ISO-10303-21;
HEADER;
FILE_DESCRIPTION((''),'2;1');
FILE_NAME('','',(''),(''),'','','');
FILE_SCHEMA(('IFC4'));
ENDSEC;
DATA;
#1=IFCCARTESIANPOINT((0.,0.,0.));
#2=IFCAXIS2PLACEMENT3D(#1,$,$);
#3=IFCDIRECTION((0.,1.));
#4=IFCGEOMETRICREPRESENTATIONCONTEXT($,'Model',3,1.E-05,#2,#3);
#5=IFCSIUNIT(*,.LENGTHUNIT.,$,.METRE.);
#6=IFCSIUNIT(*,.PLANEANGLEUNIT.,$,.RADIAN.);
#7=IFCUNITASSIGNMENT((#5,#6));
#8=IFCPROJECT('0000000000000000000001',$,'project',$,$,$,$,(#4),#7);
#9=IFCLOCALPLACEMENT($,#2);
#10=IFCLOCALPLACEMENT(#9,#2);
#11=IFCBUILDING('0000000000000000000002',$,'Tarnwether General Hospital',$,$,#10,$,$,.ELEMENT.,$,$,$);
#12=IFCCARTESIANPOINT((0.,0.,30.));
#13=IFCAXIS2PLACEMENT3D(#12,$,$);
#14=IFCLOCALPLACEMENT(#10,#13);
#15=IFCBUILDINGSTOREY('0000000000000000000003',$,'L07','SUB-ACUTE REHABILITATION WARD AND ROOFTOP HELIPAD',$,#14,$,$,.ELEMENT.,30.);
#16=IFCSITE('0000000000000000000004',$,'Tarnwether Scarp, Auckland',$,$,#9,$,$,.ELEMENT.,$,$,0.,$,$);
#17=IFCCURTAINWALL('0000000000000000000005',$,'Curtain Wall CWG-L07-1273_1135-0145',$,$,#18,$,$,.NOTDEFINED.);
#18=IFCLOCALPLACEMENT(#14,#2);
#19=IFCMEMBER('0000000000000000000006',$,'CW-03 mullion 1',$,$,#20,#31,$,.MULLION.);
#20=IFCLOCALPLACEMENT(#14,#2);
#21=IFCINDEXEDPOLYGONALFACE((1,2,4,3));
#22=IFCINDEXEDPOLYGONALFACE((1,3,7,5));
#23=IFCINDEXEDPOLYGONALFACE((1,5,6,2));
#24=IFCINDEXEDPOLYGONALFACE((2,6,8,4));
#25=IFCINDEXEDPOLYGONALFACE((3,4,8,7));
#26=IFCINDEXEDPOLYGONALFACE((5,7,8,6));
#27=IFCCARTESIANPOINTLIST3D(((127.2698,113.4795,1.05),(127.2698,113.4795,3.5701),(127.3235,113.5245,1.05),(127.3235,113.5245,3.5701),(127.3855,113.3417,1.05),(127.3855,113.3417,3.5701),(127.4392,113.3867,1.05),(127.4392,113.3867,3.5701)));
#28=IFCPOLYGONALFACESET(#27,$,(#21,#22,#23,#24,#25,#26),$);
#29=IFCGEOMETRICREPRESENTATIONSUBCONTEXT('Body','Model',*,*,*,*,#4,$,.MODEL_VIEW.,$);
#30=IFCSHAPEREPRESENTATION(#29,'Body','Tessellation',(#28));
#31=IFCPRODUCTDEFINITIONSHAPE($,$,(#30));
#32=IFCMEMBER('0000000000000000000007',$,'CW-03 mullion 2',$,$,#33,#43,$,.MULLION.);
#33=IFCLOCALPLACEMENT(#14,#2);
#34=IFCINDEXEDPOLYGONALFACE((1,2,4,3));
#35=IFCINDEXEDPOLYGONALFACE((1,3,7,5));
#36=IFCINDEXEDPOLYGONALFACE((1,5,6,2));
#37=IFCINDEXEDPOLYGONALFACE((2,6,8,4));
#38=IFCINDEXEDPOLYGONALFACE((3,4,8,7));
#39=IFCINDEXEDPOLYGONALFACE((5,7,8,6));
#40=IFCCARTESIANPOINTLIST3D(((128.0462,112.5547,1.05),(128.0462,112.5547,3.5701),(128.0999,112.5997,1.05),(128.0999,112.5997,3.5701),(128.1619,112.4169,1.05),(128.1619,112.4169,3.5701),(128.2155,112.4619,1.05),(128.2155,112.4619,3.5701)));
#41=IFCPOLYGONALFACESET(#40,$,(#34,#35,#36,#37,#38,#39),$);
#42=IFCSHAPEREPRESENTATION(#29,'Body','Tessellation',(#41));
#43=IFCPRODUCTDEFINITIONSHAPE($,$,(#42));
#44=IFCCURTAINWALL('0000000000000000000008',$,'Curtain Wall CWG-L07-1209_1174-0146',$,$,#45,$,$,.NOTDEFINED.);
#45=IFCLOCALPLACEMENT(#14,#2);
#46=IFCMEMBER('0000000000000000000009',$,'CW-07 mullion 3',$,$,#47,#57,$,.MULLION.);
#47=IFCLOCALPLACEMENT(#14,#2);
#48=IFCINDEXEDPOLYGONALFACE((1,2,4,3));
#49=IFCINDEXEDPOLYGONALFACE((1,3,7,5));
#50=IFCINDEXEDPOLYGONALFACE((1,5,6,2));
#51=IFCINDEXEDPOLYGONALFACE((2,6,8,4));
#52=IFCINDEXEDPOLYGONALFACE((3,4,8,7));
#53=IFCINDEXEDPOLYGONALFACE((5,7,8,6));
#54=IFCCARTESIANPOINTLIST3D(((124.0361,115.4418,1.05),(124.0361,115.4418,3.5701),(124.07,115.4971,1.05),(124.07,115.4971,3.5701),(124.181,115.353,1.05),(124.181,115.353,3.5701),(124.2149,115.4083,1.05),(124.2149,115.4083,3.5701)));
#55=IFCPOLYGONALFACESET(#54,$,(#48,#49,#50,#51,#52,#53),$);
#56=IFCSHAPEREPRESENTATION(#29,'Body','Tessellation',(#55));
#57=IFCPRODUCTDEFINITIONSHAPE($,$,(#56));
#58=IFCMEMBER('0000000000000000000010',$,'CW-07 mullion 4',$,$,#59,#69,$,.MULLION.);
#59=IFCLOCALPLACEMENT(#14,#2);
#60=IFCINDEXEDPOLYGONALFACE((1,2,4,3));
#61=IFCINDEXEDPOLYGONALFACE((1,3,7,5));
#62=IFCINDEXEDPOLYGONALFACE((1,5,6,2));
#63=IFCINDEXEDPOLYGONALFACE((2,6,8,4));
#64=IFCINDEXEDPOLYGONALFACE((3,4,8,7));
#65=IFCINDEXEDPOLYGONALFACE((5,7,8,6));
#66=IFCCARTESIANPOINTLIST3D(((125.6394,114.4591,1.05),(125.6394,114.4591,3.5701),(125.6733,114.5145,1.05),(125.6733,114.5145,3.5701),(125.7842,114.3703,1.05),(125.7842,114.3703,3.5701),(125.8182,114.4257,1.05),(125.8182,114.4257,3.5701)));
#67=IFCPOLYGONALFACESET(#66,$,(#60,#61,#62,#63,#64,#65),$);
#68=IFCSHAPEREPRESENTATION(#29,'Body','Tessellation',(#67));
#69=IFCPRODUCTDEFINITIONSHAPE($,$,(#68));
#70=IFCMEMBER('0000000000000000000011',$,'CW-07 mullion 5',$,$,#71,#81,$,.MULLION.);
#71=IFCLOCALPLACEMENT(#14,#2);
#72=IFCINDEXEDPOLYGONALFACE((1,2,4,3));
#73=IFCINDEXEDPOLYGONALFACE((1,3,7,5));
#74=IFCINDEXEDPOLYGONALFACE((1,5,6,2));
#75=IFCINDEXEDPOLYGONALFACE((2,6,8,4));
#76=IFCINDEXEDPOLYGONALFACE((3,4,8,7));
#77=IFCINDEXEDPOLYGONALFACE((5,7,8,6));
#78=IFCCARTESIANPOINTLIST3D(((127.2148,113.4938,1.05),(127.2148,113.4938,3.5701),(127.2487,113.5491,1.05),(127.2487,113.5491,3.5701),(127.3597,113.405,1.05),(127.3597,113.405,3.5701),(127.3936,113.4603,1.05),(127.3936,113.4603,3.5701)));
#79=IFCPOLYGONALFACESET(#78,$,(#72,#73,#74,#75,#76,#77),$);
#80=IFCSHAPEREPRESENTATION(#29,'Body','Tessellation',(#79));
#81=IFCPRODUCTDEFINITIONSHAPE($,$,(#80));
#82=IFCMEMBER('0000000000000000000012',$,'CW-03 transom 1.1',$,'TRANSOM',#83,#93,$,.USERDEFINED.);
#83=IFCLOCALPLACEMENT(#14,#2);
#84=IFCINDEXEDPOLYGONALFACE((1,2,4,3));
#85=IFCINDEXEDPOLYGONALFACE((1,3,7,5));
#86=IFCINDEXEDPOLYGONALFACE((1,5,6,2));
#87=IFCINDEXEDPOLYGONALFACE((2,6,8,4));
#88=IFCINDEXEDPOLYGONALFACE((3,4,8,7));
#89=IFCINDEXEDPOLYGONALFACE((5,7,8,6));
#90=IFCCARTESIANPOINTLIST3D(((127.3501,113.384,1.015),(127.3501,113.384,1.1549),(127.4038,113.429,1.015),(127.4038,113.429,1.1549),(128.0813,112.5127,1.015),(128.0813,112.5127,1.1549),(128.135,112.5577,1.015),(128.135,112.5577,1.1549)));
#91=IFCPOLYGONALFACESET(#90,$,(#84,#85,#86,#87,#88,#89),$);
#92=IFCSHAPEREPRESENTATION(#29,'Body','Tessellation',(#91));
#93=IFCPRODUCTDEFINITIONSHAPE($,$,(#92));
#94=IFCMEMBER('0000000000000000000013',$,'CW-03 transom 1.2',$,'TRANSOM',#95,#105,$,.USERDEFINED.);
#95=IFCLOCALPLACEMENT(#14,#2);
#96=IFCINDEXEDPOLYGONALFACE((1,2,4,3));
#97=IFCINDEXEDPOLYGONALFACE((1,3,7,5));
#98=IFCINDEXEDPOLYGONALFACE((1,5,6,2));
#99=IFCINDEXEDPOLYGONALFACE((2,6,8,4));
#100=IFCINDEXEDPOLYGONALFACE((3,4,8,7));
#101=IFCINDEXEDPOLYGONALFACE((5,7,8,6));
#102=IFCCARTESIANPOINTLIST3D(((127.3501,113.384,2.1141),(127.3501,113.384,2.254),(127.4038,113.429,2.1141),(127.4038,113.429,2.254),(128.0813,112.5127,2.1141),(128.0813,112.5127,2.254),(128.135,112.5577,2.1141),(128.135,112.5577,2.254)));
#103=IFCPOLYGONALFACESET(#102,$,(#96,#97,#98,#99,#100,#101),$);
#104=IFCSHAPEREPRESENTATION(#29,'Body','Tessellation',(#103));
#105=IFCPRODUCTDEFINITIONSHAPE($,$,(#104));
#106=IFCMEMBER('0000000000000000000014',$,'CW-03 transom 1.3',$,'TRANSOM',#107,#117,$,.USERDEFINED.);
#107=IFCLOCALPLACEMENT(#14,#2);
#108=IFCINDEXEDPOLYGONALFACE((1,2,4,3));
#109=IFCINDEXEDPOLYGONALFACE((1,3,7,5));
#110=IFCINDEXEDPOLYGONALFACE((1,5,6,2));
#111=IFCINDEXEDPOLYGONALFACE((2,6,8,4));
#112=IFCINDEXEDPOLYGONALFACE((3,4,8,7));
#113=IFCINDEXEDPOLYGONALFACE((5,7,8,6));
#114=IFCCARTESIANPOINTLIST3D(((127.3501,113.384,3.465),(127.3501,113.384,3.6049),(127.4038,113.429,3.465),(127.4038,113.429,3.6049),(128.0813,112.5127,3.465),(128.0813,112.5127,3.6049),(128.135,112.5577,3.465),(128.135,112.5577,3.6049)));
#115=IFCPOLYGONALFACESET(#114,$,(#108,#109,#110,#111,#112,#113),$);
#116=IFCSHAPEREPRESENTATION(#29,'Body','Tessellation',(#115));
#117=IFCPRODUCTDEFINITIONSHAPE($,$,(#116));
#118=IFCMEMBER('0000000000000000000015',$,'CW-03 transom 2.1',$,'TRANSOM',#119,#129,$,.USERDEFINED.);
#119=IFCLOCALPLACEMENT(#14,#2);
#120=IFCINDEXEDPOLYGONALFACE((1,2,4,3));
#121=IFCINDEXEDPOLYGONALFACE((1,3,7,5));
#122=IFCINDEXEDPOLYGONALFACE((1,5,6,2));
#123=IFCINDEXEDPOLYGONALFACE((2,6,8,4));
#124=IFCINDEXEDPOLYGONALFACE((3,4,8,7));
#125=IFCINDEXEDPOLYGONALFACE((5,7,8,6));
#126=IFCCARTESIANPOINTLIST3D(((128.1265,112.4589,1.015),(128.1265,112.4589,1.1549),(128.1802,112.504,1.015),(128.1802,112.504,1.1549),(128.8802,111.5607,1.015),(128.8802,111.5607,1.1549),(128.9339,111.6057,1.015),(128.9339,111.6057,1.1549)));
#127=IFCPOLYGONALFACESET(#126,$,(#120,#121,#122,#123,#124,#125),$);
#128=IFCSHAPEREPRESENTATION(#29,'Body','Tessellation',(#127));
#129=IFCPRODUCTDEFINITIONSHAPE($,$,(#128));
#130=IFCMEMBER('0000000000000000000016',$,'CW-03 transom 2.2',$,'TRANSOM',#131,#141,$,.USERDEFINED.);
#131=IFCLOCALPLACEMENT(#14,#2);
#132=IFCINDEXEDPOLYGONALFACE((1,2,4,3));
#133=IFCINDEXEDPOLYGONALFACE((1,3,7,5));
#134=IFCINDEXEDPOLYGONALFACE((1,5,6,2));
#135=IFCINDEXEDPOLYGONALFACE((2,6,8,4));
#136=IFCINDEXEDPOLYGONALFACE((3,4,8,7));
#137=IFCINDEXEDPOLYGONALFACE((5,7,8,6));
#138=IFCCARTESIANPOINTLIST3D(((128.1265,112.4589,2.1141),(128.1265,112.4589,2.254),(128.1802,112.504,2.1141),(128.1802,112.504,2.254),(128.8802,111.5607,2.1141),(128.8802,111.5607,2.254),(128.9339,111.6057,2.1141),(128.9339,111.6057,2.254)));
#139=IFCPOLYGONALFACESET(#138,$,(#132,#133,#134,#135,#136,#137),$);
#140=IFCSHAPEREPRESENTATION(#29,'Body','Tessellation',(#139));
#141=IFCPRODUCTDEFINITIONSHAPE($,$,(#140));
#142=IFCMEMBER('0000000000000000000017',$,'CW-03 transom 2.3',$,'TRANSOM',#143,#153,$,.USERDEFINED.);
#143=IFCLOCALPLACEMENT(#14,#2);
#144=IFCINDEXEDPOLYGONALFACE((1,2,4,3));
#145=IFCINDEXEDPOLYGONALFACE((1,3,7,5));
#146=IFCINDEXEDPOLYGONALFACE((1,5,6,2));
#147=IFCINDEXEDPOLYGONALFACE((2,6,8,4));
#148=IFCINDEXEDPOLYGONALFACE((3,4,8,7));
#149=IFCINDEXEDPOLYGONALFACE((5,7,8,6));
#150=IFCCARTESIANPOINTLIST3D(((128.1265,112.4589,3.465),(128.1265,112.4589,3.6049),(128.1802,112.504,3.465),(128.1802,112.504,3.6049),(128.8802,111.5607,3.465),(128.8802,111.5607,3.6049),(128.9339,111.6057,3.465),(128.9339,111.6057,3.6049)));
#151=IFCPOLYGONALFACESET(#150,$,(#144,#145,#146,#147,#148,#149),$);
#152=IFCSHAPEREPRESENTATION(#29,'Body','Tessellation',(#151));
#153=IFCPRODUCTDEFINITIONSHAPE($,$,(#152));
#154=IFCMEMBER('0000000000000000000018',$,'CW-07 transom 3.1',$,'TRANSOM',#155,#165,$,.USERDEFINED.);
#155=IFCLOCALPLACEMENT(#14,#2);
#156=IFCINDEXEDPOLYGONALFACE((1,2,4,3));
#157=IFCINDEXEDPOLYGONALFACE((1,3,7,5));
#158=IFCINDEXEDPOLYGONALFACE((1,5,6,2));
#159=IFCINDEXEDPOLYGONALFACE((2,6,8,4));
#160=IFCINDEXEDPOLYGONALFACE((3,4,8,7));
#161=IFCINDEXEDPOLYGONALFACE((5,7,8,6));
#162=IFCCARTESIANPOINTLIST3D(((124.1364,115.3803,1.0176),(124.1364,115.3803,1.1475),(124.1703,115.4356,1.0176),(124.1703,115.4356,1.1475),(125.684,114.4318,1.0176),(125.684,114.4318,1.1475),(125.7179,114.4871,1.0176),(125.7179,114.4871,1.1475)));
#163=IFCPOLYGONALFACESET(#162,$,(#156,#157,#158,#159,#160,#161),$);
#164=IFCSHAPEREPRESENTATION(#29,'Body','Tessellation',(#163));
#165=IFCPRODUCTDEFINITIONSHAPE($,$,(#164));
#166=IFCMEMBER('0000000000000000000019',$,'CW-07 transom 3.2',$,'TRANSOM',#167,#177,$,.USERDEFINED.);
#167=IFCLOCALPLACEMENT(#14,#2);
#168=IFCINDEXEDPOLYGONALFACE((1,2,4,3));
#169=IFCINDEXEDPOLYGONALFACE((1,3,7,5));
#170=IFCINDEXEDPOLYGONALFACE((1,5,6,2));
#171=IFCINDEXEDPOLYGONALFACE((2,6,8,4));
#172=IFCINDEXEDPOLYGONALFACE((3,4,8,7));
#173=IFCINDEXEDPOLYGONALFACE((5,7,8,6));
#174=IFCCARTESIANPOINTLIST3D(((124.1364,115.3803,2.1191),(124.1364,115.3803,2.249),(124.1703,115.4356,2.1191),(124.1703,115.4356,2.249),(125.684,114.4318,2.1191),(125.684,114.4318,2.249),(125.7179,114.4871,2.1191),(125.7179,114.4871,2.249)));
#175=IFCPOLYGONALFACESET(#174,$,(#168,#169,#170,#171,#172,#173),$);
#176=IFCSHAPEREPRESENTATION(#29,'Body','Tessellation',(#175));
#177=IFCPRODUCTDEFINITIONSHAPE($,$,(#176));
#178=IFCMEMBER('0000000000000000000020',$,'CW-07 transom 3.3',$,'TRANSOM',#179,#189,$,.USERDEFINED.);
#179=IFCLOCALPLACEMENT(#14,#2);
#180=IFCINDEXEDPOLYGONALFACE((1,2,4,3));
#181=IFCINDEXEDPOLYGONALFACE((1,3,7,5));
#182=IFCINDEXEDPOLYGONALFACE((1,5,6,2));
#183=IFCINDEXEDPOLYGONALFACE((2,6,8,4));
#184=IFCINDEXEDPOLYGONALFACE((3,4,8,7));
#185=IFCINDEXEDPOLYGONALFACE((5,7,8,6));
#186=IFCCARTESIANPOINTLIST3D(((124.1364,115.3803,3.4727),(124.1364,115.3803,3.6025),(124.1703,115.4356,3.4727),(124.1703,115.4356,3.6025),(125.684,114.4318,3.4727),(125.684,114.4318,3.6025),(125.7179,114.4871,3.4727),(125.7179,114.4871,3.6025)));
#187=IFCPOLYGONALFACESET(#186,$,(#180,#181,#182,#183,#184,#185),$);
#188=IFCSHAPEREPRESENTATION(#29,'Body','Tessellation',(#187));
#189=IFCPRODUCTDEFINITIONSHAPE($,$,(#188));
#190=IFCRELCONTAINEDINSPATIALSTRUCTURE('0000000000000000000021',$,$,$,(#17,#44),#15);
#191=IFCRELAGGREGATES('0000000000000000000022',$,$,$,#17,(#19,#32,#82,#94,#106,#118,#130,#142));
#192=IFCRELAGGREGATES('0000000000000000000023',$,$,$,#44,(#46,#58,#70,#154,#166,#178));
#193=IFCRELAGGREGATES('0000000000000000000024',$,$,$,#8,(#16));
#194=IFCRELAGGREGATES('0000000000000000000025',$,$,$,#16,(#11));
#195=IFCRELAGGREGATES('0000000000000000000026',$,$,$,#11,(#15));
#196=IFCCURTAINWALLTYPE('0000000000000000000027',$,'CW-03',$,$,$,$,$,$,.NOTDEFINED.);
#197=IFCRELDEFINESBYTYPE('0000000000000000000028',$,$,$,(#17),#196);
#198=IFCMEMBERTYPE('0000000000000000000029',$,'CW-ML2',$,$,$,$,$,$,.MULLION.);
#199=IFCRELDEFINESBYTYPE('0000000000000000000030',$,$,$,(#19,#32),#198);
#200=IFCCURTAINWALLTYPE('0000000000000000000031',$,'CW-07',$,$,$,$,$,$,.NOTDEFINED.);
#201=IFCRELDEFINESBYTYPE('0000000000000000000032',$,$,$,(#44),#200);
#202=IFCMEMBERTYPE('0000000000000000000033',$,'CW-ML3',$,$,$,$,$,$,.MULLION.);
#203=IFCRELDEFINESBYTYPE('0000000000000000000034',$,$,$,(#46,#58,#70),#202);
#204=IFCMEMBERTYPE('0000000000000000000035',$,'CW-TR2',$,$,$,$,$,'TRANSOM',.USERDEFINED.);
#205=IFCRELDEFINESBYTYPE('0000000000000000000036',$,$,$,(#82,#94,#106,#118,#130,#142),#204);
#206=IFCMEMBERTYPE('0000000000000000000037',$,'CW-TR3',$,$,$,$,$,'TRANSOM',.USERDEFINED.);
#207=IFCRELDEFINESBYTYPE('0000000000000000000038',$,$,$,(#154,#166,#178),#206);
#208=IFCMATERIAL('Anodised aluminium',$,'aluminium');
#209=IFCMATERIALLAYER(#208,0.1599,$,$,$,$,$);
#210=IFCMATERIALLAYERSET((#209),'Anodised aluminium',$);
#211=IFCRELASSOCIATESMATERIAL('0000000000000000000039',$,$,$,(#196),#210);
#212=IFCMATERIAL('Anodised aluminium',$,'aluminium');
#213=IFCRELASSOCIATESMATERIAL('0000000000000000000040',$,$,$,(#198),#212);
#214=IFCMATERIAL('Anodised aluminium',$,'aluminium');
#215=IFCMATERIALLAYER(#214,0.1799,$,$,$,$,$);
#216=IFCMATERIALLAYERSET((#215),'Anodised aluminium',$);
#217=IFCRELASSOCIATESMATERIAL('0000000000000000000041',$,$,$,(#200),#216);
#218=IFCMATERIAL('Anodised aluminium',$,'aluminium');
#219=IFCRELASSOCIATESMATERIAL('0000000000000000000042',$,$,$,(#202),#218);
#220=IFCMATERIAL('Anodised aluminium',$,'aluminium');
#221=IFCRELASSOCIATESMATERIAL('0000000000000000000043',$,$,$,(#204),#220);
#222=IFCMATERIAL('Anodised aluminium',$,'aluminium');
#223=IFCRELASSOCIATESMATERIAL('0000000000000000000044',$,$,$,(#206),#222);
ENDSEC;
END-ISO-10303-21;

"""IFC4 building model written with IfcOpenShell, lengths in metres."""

from ifc_helpers import new_model, si_unit, direction, frame, origin, origin_2d, place, context, subcontext, project, spatial, rectangle, extrude, material, layer, layer_set, material_profile, profile_set, type_object, element, aggregate, save


model = new_model("IFC4")

# Units and contexts
model_context = context("Model", 3, precision=1e-05, world=origin(), true_north=direction((0.0, 1.0)))
body_context = subcontext(model_context, "Body", "Model", "MODEL_VIEW")
ifc_project = project(units=[si_unit("LENGTHUNIT", "METRE"), si_unit("PLANEANGLEUNIT", "RADIAN")], contexts=[model_context])

# Site, building, storey
site_placement = place(None, origin())
site = spatial("IfcSite", under=ifc_project, at=site_placement, Name="Tarnwether Scarp, Auckland", CompositionType="ELEMENT", RefElevation=0.0)
building_placement = place(site_placement, origin())
building = spatial("IfcBuilding", under=site, at=building_placement, Name="Tarnwether General Hospital", CompositionType="ELEMENT")
storey_placement = place(building_placement, frame((0.0, 0.0, 30.0)))
storey = spatial("IfcBuildingStorey", under=building, at=storey_placement, Name="L07", Description="SUB-ACUTE REHABILITATION WARD AND ROOFTOP HELIPAD", CompositionType="ELEMENT", Elevation=30.0)

# Curtain walls, members
ifc_material_1 = material(Name="Anodised aluminium", Category="aluminium")
ifc_layer_1 = layer(ifc_material_1, 0.1599)
ifc_layer_set_1 = layer_set([ifc_layer_1], Name="Anodised aluminium")
curtain_wall_type_1 = type_object("IfcCurtainWallType", Name="CW-03", PredefinedType="NOTDEFINED", material=ifc_layer_set_1)
curtain_wall_1_placement = place(storey_placement, origin())
curtain_wall_1 = element("IfcCurtainWall", 1, at=curtain_wall_1_placement, inside=storey, type_object=curtain_wall_type_1, Name="Curtain Wall CWG-L07-1273_1135-0145", PredefinedType="NOTDEFINED")
ifc_material_2 = material(Name="Anodised aluminium", Category="aluminium")
ifc_material_profile_1 = material_profile(ifc_material_2, rectangle(XDim=0.0701, YDim=0.1799, at=origin_2d()), Name="ALU-MUL-70x180")
ifc_profile_set_1 = profile_set([ifc_material_profile_1], Name="Anodised aluminium")
member_type_1 = type_object("IfcMemberType", Name="CW-ML2", PredefinedType="MULLION", material=ifc_profile_set_1)
member_1_placement = place(storey_placement, frame((127.3545, 113.4331, 1.05), z_axis=(0.0, 0.0, 1.0), x_axis=(0.76599, 0.642852, 0.0)))
member_1 = element("IfcMember", 2, at=member_1_placement, type_object=member_type_1, Name="CW-03 mullion 1", PredefinedType="MULLION", context=body_context, shape_type="SweptSolid", body=[
    extrude(rectangle(XDim=0.0701, YDim=0.1799, at=origin_2d()), origin(), (0.0, 0.0, 1.0), 2.52),
])
member_2_placement = place(storey_placement, frame((128.1309, 112.5083, 1.05), z_axis=(0.0, 0.0, 1.0), x_axis=(0.76599, 0.642852, 0.0)))
member_2 = element("IfcMember", 3, at=member_2_placement, type_object=member_type_1, Name="CW-03 mullion 2", PredefinedType="MULLION", context=body_context, shape_type="SweptSolid", body=[
    extrude(rectangle(XDim=0.0701, YDim=0.1799, at=origin_2d()), origin(), (0.0, 0.0, 1.0), 2.52),
])
ifc_material_3 = material(Name="Anodised aluminium", Category="aluminium")
ifc_layer_2 = layer(ifc_material_3, 0.1799)
ifc_layer_set_2 = layer_set([ifc_layer_2], Name="Anodised aluminium")
curtain_wall_type_2 = type_object("IfcCurtainWallType", Name="CW-07", PredefinedType="NOTDEFINED", material=ifc_layer_set_2)
curtain_wall_2_placement = place(storey_placement, origin())
curtain_wall_2 = element("IfcCurtainWall", 4, at=curtain_wall_2_placement, inside=storey, type_object=curtain_wall_type_2, Name="Curtain Wall CWG-L07-1209_1174-0146", PredefinedType="NOTDEFINED")
ifc_material_4 = material(Name="Anodised aluminium", Category="aluminium")
ifc_material_profile_2 = material_profile(ifc_material_4, rectangle(XDim=0.0649, YDim=0.1699, at=origin_2d()), Name="ALU-MUL-65x170")
ifc_profile_set_2 = profile_set([ifc_material_profile_2], Name="Anodised aluminium")
member_type_2 = type_object("IfcMemberType", Name="CW-ML3", PredefinedType="MULLION", material=ifc_profile_set_2)
member_3_placement = place(storey_placement, frame((124.1255, 115.425, 1.05), z_axis=(0.0, 0.0, 1.0), x_axis=(0.522509, 0.852634, 0.0)))
member_3 = element("IfcMember", 5, at=member_3_placement, type_object=member_type_2, Name="CW-07 mullion 3", PredefinedType="MULLION", context=body_context, shape_type="SweptSolid", body=[
    extrude(rectangle(XDim=0.0649, YDim=0.1699, at=origin_2d()), origin(), (0.0, 0.0, 1.0), 2.52),
])
member_4_placement = place(storey_placement, frame((125.7288, 114.4424, 1.05), z_axis=(0.0, 0.0, 1.0), x_axis=(0.522509, 0.852634, 0.0)))
member_4 = element("IfcMember", 6, at=member_4_placement, type_object=member_type_2, Name="CW-07 mullion 4", PredefinedType="MULLION", context=body_context, shape_type="SweptSolid", body=[
    extrude(rectangle(XDim=0.0649, YDim=0.1699, at=origin_2d()), origin(), (0.0, 0.0, 1.0), 2.52),
])
member_5_placement = place(storey_placement, frame((127.3042, 113.4771, 1.05), z_axis=(0.0, 0.0, 1.0), x_axis=(0.522509, 0.852634, 0.0)))
member_5 = element("IfcMember", 7, at=member_5_placement, type_object=member_type_2, Name="CW-07 mullion 5", PredefinedType="MULLION", context=body_context, shape_type="SweptSolid", body=[
    extrude(rectangle(XDim=0.0649, YDim=0.1699, at=origin_2d()), origin(), (0.0, 0.0, 1.0), 2.52),
])

# Members
ifc_material_5 = material(Name="Anodised aluminium", Category="aluminium")
ifc_material_profile_3 = material_profile(ifc_material_5, rectangle(XDim=0.0701, YDim=0.1399, at=origin_2d()), Name="ALU-TRN-70x140")
ifc_profile_set_3 = profile_set([ifc_material_profile_3], Name="Anodised aluminium")
member_type_3 = type_object("IfcMemberType", Name="CW-TR2", ElementType="TRANSOM", PredefinedType="USERDEFINED", material=ifc_profile_set_3)
member_6_placement = place(storey_placement, frame((127.377, 113.4065, 1.085), z_axis=(0.64282, -0.766018, 0.0), x_axis=(0.766018, 0.64282, 0.0)))
member_6 = element("IfcMember", 8, at=member_6_placement, type_object=member_type_3, Name="CW-03 transom 1.1", ObjectType="TRANSOM", PredefinedType="USERDEFINED", context=body_context, shape_type="SweptSolid", body=[
    extrude(rectangle(XDim=0.0701, YDim=0.1399, at=origin_2d()), origin(), (0.0, 0.0, 1.0), 1.1375),
])
member_7_placement = place(storey_placement, frame((127.377, 113.4065, 2.1841), z_axis=(0.64282, -0.766018, 0.0), x_axis=(0.766018, 0.64282, 0.0)))
member_7 = element("IfcMember", 9, at=member_7_placement, type_object=member_type_3, Name="CW-03 transom 1.2", ObjectType="TRANSOM", PredefinedType="USERDEFINED", context=body_context, shape_type="SweptSolid", body=[
    extrude(rectangle(XDim=0.0701, YDim=0.1399, at=origin_2d()), origin(), (0.0, 0.0, 1.0), 1.1375),
])
member_8_placement = place(storey_placement, frame((127.377, 113.4065, 3.5349), z_axis=(0.64282, -0.766018, 0.0), x_axis=(0.766018, 0.64282, 0.0)))
member_8 = element("IfcMember", 10, at=member_8_placement, type_object=member_type_3, Name="CW-03 transom 1.3", ObjectType="TRANSOM", PredefinedType="USERDEFINED", context=body_context, shape_type="SweptSolid", body=[
    extrude(rectangle(XDim=0.0701, YDim=0.1399, at=origin_2d()), origin(), (0.0, 0.0, 1.0), 1.1375),
])
member_9_placement = place(storey_placement, frame((128.1533, 112.4814, 1.085), z_axis=(0.642782, -0.766049, 0.0), x_axis=(0.766049, 0.642782, 0.0)))
member_9 = element("IfcMember", 11, at=member_9_placement, type_object=member_type_3, Name="CW-03 transom 2.1", ObjectType="TRANSOM", PredefinedType="USERDEFINED", context=body_context, shape_type="SweptSolid", body=[
    extrude(rectangle(XDim=0.0701, YDim=0.1399, at=origin_2d()), origin(), (0.0, 0.0, 1.0), 1.1726),
])
member_10_placement = place(storey_placement, frame((128.1533, 112.4814, 2.1841), z_axis=(0.642782, -0.766049, 0.0), x_axis=(0.766049, 0.642782, 0.0)))
member_10 = element("IfcMember", 12, at=member_10_placement, type_object=member_type_3, Name="CW-03 transom 2.2", ObjectType="TRANSOM", PredefinedType="USERDEFINED", context=body_context, shape_type="SweptSolid", body=[
    extrude(rectangle(XDim=0.0701, YDim=0.1399, at=origin_2d()), origin(), (0.0, 0.0, 1.0), 1.1726),
])
member_11_placement = place(storey_placement, frame((128.1533, 112.4814, 3.5349), z_axis=(0.642782, -0.766049, 0.0), x_axis=(0.766049, 0.642782, 0.0)))
member_11 = element("IfcMember", 13, at=member_11_placement, type_object=member_type_3, Name="CW-03 transom 2.3", ObjectType="TRANSOM", PredefinedType="USERDEFINED", context=body_context, shape_type="SweptSolid", body=[
    extrude(rectangle(XDim=0.0701, YDim=0.1399, at=origin_2d()), origin(), (0.0, 0.0, 1.0), 1.1726),
])
ifc_material_6 = material(Name="Anodised aluminium", Category="aluminium")
ifc_material_profile_4 = material_profile(ifc_material_6, rectangle(XDim=0.0649, YDim=0.1299, at=origin_2d()), Name="ALU-TRN-65x130")
ifc_profile_set_4 = profile_set([ifc_material_profile_4], Name="Anodised aluminium")
member_type_4 = type_object("IfcMemberType", Name="CW-TR3", ElementType="TRANSOM", PredefinedType="USERDEFINED", material=ifc_profile_set_4)
member_12_placement = place(storey_placement, frame((124.1533, 115.408, 1.0825), z_axis=(0.852613, -0.522543, 0.0), x_axis=(0.522543, 0.852613, 0.0)))
member_12 = element("IfcMember", 14, at=member_12_placement, type_object=member_type_4, Name="CW-07 transom 3.1", ObjectType="TRANSOM", PredefinedType="USERDEFINED", context=body_context, shape_type="SweptSolid", body=[
    extrude(rectangle(XDim=0.0649, YDim=0.1299, at=origin_2d()), origin(), (0.0, 0.0, 1.0), 1.8152),
])
member_13_placement = place(storey_placement, frame((124.1533, 115.408, 2.1841), z_axis=(0.852613, -0.522543, 0.0), x_axis=(0.522543, 0.852613, 0.0)))
member_13 = element("IfcMember", 15, at=member_13_placement, type_object=member_type_4, Name="CW-07 transom 3.2", ObjectType="TRANSOM", PredefinedType="USERDEFINED", context=body_context, shape_type="SweptSolid", body=[
    extrude(rectangle(XDim=0.0649, YDim=0.1299, at=origin_2d()), origin(), (0.0, 0.0, 1.0), 1.8152),
])
member_14_placement = place(storey_placement, frame((124.1533, 115.408, 3.5376), z_axis=(0.852613, -0.522543, 0.0), x_axis=(0.522543, 0.852613, 0.0)))
member_14 = element("IfcMember", 16, at=member_14_placement, type_object=member_type_4, Name="CW-07 transom 3.3", ObjectType="TRANSOM", PredefinedType="USERDEFINED", context=body_context, shape_type="SweptSolid", body=[
    extrude(rectangle(XDim=0.0649, YDim=0.1299, at=origin_2d()), origin(), (0.0, 0.0, 1.0), 1.8152),
])

aggregate(curtain_wall_1, [member_1, member_2, member_6, member_7, member_8, member_9, member_10, member_11])
aggregate(curtain_wall_2, [member_3, member_4, member_5, member_12, member_13, member_14])

save(model, "model.ifc")
